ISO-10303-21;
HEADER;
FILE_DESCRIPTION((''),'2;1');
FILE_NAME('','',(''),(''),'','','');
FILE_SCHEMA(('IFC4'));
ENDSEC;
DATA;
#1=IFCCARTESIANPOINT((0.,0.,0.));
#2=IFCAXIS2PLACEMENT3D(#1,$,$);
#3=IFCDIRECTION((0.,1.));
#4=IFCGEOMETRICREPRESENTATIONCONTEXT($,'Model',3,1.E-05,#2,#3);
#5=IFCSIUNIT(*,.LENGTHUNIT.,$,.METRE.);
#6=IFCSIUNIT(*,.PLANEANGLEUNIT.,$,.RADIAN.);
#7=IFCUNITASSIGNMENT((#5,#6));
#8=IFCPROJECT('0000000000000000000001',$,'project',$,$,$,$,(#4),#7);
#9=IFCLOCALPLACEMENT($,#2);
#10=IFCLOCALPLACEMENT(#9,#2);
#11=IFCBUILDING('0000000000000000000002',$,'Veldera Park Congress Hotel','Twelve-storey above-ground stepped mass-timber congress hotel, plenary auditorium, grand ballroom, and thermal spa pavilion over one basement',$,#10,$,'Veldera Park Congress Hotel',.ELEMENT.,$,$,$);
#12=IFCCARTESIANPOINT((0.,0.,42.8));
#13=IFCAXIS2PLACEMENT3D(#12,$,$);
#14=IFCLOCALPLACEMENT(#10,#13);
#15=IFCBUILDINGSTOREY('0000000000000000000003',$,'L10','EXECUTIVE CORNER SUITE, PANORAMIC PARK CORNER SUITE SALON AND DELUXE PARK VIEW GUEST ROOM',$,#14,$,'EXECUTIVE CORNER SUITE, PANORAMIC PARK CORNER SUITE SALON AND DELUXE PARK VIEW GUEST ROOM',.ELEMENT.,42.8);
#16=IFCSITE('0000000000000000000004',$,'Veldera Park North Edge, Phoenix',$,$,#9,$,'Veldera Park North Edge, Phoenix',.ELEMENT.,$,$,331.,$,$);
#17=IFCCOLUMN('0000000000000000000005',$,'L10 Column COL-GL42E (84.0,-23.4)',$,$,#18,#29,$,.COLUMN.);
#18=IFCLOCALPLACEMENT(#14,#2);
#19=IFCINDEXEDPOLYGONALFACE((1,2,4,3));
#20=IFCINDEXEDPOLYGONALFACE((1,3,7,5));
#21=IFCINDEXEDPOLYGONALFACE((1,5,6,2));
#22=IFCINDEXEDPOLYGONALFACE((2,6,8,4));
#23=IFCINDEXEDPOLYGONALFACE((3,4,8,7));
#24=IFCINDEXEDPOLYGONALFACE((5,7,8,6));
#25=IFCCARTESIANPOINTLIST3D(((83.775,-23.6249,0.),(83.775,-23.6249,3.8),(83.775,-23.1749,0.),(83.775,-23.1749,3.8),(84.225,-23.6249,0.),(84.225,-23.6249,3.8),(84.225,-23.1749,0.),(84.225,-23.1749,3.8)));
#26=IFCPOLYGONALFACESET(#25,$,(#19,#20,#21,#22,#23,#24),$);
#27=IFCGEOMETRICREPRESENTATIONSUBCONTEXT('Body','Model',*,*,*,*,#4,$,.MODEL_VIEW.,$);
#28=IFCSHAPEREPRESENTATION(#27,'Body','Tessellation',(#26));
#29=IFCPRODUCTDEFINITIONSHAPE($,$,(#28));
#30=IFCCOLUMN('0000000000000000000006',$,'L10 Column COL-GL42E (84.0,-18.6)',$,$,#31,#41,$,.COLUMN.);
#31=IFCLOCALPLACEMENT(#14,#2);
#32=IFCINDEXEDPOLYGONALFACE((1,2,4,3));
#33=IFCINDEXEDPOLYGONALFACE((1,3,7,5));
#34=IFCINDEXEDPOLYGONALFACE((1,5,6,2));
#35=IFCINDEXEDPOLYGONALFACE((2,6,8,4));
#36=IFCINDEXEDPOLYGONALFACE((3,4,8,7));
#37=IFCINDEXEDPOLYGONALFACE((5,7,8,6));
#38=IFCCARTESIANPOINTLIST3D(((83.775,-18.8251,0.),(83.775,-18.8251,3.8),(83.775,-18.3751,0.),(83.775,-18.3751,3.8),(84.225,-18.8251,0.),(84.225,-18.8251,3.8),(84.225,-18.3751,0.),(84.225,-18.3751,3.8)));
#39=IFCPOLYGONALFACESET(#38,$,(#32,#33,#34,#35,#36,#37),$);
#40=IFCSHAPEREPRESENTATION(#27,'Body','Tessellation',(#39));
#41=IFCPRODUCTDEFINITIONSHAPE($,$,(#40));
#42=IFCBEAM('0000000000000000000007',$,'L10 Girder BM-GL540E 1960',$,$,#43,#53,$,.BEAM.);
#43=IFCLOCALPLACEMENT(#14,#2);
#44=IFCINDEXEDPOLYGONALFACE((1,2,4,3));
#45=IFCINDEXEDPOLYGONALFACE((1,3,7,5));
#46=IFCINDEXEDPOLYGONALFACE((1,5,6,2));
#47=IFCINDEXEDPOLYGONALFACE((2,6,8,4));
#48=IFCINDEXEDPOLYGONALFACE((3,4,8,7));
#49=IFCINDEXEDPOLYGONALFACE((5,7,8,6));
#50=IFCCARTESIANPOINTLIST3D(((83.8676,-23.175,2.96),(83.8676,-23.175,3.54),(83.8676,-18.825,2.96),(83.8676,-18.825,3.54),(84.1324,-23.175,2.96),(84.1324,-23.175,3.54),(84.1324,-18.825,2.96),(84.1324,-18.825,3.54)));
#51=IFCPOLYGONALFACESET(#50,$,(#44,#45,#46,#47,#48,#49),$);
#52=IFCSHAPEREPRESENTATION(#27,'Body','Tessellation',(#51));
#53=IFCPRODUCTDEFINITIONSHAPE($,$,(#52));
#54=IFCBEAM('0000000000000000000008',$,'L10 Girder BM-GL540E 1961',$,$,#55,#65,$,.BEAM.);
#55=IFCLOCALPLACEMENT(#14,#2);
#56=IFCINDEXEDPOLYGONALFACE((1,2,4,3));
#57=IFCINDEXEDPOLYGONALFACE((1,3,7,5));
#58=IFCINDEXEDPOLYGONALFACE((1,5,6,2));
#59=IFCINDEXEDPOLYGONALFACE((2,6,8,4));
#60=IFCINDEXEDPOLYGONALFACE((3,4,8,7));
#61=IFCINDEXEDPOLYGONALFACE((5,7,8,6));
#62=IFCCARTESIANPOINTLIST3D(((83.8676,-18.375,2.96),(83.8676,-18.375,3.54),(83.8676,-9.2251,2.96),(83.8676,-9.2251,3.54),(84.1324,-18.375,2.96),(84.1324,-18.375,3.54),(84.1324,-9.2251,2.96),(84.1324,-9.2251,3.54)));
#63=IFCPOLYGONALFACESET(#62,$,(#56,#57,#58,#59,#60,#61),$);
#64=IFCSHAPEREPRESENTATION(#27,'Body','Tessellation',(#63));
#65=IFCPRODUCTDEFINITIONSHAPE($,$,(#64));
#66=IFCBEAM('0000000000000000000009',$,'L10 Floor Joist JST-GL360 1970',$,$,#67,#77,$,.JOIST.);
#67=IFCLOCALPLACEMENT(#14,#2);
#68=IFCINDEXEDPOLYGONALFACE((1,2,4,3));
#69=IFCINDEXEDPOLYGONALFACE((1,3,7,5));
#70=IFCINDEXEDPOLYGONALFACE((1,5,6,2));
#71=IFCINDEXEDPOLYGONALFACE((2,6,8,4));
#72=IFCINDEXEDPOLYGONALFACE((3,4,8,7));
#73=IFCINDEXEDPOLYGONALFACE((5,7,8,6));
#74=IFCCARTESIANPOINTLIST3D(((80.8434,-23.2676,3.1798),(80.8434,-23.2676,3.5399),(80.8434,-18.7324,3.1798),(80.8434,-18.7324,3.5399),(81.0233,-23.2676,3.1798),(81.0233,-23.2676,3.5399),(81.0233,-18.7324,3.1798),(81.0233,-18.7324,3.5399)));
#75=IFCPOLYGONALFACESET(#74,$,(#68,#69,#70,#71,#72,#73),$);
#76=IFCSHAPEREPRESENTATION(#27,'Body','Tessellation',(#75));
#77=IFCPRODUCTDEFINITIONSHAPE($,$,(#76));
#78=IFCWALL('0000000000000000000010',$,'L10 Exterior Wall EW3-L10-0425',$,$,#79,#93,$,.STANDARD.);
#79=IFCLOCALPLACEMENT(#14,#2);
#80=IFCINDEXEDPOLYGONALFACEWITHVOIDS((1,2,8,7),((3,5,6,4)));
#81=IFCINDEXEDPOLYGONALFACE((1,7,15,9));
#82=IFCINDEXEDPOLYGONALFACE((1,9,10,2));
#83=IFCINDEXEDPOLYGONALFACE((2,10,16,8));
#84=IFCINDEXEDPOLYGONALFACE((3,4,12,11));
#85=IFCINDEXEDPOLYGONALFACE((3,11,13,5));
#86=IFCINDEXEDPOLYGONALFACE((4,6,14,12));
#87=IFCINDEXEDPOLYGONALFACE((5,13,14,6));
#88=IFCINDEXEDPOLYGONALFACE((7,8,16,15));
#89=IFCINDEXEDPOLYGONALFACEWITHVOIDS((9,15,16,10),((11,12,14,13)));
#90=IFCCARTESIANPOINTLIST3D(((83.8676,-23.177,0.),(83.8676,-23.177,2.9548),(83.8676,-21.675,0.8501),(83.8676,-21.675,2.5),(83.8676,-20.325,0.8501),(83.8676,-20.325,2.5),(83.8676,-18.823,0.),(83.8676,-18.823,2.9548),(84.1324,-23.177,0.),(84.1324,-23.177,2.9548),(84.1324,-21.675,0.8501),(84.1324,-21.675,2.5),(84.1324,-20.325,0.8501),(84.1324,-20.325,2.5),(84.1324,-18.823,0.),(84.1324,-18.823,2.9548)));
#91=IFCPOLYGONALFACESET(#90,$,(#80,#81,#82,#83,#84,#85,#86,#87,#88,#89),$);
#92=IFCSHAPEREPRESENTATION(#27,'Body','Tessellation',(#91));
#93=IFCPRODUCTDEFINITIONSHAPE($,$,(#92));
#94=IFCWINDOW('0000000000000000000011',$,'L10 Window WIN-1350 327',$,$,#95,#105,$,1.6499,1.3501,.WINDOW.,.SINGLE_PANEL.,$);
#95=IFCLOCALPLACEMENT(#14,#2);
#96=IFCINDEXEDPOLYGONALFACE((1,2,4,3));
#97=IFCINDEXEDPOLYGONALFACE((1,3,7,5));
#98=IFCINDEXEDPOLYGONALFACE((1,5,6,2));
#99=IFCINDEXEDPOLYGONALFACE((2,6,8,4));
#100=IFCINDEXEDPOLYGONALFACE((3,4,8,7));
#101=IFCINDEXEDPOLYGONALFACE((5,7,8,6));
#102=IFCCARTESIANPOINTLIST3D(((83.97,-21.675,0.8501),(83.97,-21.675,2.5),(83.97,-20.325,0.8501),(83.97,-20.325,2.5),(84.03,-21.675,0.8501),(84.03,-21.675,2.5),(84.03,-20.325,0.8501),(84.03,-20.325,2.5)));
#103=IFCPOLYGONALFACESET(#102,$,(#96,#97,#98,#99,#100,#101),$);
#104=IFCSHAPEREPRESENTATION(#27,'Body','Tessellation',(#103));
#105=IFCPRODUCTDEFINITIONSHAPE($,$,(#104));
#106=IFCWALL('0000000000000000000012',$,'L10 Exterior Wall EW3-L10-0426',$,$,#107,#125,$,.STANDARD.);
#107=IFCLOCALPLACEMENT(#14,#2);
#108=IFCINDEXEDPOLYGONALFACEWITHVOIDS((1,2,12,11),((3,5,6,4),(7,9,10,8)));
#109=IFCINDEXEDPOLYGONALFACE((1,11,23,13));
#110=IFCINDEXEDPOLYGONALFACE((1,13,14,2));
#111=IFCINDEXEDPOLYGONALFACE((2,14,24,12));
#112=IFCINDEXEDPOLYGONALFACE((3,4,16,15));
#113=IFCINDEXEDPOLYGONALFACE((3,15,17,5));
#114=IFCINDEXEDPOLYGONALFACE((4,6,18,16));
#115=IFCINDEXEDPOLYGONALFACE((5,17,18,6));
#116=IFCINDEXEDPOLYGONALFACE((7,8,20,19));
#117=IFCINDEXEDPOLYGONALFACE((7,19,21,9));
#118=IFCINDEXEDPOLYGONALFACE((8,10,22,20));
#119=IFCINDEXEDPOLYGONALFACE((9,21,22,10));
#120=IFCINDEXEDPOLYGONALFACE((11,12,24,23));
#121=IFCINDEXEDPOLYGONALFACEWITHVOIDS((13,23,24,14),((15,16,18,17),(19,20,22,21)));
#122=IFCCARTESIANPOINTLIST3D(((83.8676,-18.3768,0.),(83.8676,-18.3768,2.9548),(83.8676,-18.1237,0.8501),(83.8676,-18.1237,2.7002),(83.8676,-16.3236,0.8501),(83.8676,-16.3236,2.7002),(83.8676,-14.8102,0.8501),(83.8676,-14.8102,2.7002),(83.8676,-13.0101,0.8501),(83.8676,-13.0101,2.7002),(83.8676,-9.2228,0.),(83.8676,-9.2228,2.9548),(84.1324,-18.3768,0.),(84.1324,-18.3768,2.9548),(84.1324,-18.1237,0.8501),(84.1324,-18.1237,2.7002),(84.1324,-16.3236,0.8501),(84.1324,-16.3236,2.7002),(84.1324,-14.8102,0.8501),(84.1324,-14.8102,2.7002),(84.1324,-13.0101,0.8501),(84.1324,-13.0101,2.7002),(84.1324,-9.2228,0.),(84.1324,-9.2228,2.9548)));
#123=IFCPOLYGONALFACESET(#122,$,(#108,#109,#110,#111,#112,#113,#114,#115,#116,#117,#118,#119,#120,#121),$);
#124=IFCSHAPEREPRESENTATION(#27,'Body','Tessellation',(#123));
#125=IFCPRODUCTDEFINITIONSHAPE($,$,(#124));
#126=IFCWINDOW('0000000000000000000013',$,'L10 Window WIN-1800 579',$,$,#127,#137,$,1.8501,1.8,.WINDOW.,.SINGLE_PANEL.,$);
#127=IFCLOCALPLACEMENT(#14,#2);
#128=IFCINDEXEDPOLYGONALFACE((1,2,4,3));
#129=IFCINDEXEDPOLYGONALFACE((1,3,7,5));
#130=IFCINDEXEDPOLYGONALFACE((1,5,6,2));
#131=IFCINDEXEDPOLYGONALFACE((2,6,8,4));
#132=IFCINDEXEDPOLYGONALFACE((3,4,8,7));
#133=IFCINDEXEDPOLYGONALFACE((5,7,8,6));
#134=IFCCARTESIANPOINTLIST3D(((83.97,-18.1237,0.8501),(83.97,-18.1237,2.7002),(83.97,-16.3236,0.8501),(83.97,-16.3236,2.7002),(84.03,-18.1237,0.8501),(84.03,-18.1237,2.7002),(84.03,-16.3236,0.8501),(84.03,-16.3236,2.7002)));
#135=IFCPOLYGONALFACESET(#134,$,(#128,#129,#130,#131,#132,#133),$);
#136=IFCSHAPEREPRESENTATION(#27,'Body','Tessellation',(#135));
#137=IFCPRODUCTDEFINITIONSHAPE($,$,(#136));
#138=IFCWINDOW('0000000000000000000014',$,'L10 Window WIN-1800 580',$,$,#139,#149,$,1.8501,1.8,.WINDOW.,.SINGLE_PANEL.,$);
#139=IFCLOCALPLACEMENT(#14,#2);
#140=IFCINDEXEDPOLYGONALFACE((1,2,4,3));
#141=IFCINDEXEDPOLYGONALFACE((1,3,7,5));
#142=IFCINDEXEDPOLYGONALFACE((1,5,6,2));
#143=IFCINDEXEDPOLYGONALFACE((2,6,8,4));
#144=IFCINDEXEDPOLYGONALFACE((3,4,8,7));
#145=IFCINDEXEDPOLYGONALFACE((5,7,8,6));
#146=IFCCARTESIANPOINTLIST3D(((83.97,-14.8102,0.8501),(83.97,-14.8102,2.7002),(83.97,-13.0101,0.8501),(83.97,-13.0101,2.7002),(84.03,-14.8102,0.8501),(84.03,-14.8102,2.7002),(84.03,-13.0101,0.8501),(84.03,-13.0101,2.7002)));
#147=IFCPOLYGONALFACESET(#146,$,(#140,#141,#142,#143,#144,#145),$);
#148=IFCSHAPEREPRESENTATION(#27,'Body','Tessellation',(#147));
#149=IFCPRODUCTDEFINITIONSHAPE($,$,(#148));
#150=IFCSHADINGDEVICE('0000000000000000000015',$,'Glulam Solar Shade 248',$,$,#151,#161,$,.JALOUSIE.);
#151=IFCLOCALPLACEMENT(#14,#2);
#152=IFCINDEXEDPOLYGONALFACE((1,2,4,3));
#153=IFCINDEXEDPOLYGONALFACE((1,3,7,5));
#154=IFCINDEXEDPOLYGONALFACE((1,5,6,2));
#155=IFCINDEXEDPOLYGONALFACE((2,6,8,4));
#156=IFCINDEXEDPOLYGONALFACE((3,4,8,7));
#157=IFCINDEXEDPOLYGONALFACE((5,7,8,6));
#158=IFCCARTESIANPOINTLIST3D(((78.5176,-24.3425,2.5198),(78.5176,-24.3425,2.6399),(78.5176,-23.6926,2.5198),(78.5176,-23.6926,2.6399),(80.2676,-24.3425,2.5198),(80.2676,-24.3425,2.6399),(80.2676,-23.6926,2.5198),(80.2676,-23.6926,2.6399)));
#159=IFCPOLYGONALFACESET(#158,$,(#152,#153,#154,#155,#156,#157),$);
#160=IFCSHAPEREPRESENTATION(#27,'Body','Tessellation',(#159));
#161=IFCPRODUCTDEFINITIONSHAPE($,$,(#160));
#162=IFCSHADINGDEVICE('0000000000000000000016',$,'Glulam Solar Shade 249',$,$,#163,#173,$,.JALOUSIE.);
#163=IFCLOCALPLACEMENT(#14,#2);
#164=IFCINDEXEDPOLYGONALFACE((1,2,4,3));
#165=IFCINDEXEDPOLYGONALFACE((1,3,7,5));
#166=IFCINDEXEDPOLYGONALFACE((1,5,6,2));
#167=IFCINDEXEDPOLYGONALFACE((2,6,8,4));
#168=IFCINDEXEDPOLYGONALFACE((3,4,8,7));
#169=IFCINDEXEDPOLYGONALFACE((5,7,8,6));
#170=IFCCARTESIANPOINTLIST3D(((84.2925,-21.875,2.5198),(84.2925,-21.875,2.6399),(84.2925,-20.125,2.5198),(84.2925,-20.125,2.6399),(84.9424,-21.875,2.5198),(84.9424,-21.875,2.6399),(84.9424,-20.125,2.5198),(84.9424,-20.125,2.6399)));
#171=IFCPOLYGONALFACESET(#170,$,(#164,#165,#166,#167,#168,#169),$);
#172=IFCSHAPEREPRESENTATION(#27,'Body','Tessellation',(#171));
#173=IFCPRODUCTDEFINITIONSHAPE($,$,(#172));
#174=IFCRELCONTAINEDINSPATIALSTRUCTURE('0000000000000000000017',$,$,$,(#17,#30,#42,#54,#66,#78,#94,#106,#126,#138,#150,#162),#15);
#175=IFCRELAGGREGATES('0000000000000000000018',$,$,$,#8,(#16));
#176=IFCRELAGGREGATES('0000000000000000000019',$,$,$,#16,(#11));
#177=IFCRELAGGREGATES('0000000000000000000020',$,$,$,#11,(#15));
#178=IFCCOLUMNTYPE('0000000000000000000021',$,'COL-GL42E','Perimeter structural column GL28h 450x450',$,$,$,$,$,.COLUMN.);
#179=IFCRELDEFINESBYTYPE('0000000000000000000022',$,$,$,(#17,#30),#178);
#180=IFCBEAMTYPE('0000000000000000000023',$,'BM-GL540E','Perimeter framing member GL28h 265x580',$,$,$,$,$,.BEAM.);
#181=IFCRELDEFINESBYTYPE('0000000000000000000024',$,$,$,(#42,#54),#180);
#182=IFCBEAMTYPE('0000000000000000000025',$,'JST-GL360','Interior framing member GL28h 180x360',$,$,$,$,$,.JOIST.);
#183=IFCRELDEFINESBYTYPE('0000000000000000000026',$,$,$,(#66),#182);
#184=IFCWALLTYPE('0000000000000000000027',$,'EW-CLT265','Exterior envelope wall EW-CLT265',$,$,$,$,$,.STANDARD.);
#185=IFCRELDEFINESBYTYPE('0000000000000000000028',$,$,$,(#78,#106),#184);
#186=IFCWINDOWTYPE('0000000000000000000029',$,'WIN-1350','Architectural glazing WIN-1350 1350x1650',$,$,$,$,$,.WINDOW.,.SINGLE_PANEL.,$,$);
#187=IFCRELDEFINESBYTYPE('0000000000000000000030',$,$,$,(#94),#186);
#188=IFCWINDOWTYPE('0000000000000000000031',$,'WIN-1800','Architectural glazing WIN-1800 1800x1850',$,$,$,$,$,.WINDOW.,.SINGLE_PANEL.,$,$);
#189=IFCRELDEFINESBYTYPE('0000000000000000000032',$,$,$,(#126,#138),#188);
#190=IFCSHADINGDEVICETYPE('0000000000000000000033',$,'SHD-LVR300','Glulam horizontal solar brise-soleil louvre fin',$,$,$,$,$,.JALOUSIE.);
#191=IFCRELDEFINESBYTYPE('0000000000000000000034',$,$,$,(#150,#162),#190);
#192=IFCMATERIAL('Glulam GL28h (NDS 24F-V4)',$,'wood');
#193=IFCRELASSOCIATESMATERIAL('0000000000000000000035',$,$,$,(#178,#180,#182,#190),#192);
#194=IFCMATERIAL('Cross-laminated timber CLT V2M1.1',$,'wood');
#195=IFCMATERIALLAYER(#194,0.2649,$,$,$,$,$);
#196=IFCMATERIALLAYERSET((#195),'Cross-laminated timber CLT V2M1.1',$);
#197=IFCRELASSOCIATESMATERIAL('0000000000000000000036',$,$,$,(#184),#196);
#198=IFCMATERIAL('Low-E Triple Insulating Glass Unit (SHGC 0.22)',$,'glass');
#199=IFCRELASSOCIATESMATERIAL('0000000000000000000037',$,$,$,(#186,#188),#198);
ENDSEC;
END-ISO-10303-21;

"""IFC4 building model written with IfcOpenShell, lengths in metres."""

from ifc_helpers import new_model, si_unit, direction, frame, frame_2d, origin, origin_2d, place, context, subcontext, project, spatial, rectangle, extrude, material, layer, layer_set, material_profile, profile_set, type_object, element, fill, save


model = new_model("IFC4")

# Units and contexts
model_context = context("Model", 3, precision=1e-05, world=origin(), true_north=direction((0.0, 1.0)))
body_context = subcontext(model_context, "Body", "Model", "MODEL_VIEW")
ifc_project = project(units=[si_unit("LENGTHUNIT", "METRE"), si_unit("PLANEANGLEUNIT", "RADIAN")], contexts=[model_context])

# Site, building, storey
site_placement = place(None, origin())
site = spatial("IfcSite", under=ifc_project, at=site_placement, Name="Veldera Park North Edge, Phoenix", LongName="Veldera Park North Edge, Phoenix", CompositionType="ELEMENT", RefElevation=331.0)
building_placement = place(site_placement, origin())
building = spatial("IfcBuilding", under=site, at=building_placement, Name="Veldera Park Congress Hotel", Description="Twelve-storey above-ground stepped mass-timber congress hotel, plenary auditorium, grand ballroom, and thermal spa pavilion over one basement", LongName="Veldera Park Congress Hotel", CompositionType="ELEMENT")
storey_placement = place(building_placement, frame((0.0, 0.0, 42.8)))
storey = spatial("IfcBuildingStorey", under=building, at=storey_placement, Name="L10", Description="EXECUTIVE CORNER SUITE, PANORAMIC PARK CORNER SUITE SALON AND DELUXE PARK VIEW GUEST ROOM", LongName="EXECUTIVE CORNER SUITE, PANORAMIC PARK CORNER SUITE SALON AND DELUXE PARK VIEW GUEST ROOM", CompositionType="ELEMENT", Elevation=42.8)

# Columns
ifc_material_1 = material(Name="Glulam GL28h (NDS 24F-V4)", Category="wood")
ifc_material_profile_1 = material_profile(ifc_material_1, rectangle(XDim=0.45, YDim=0.45, at=origin_2d()), Name="GL28h 450x450")
ifc_profile_set_1 = profile_set([ifc_material_profile_1], Name="Glulam GL28h (NDS 24F-V4)")
column_type = type_object("IfcColumnType", Name="COL-GL42E", Description="Perimeter structural column GL28h 450x450", PredefinedType="COLUMN", material=ifc_profile_set_1)
for number, where, z_axis, x_axis, name in (
    (1, (84.0, -23.3999, 0.0), (0.0, 0.0, 1.0), (1.0, 0.0, 0.0), "L10 Column COL-GL42E (84.0,-23.4)"),
    (2, (84.0, -18.6001, 0.0), (0.0, 0.0, 1.0), (1.0, 0.0, 0.0), "L10 Column COL-GL42E (84.0,-18.6)"),
):
    element("IfcColumn", number, at=place(storey_placement, frame(where, z_axis=z_axis, x_axis=x_axis)), inside=storey, type_object=column_type, Name=name, PredefinedType="COLUMN", context=body_context, shape_type="SweptSolid", body=[
        extrude(rectangle(XDim=0.45, YDim=0.45, at=origin_2d()), origin(), (0.0, 0.0, 1.0), 3.8),
    ])

# Beams
ifc_material_profile_2 = material_profile(ifc_material_1, rectangle(XDim=0.2649, YDim=0.5801, at=origin_2d()), Name="GL28h 265x580")
ifc_profile_set_2 = profile_set([ifc_material_profile_2], Name="Glulam GL28h (NDS 24F-V4)")
beam_type_1 = type_object("IfcBeamType", Name="BM-GL540E", Description="Perimeter framing member GL28h 265x580", PredefinedType="BEAM", material=ifc_profile_set_2)
beam_1_placement = place(storey_placement, frame((84.0, -23.175, 3.25), z_axis=(0.0, 1.0, 0.0), x_axis=(-1.0, 0.0, 0.0)))
element("IfcBeam", 3, at=beam_1_placement, inside=storey, type_object=beam_type_1, Name="L10 Girder BM-GL540E 1960", PredefinedType="BEAM", context=body_context, shape_type="SweptSolid", body=[
    extrude(rectangle(XDim=0.2649, YDim=0.5801, at=origin_2d()), origin(), (0.0, 0.0, 1.0), 4.3501),
])
beam_2_placement = place(storey_placement, frame((84.0, -18.375, 3.25), z_axis=(0.0, 1.0, 0.0), x_axis=(-1.0, 0.0, 0.0)))
element("IfcBeam", 4, at=beam_2_placement, inside=storey, type_object=beam_type_1, Name="L10 Girder BM-GL540E 1961", PredefinedType="BEAM", context=body_context, shape_type="SweptSolid", body=[
    extrude(rectangle(XDim=0.2649, YDim=0.5801, at=origin_2d()), origin(), (0.0, 0.0, 1.0), 9.1499),
])
ifc_material_profile_3 = material_profile(ifc_material_1, rectangle(XDim=0.1799, YDim=0.3601, at=origin_2d()), Name="GL28h 180x360")
ifc_profile_set_3 = profile_set([ifc_material_profile_3], Name="Glulam GL28h (NDS 24F-V4)")
beam_type_2 = type_object("IfcBeamType", Name="JST-GL360", Description="Interior framing member GL28h 180x360", PredefinedType="JOIST", material=ifc_profile_set_3)
beam_3_placement = place(storey_placement, frame((80.9333, -23.2676, 3.3599), z_axis=(0.0, 1.0, 0.0), x_axis=(-1.0, 0.0, 0.0)))
element("IfcBeam", 5, at=beam_3_placement, inside=storey, type_object=beam_type_2, Name="L10 Floor Joist JST-GL360 1970", PredefinedType="JOIST", context=body_context, shape_type="SweptSolid", body=[
    extrude(rectangle(XDim=0.1799, YDim=0.3601, at=origin_2d()), origin(), (0.0, 0.0, 1.0), 4.5352),
])

# Wall, opening, window
ifc_material_2 = material(Name="Cross-laminated timber CLT V2M1.1", Category="wood")
ifc_layer = layer(ifc_material_2, 0.2649)
ifc_layer_set = layer_set([ifc_layer], Name="Cross-laminated timber CLT V2M1.1")
wall_type = type_object("IfcWallType", Name="EW-CLT265", Description="Exterior envelope wall EW-CLT265", PredefinedType="STANDARD", material=ifc_layer_set)
wall_1_placement = place(storey_placement, frame((84.0, -23.177, 0.0), z_axis=(0.0, 0.0, 1.0), x_axis=(0.0, 1.0, 0.0)))
wall_1 = element("IfcWall", 6, at=wall_1_placement, inside=storey, type_object=wall_type, Name="L10 Exterior Wall EW3-L10-0425", PredefinedType="STANDARD", context=body_context, shape_type="SweptSolid", body=[
    extrude(rectangle(XDim=4.354, YDim=0.2649, at=frame_2d((2.177, 0.0))), origin(), (0.0, 0.0, 1.0), 2.9548),
])
opening_1_placement = place(wall_1_placement, frame((1.502, 0.0, 0.8501)))
opening_1 = element("IfcOpeningElement", 7, at=opening_1_placement, cuts=wall_1, PredefinedType="OPENING", context=body_context, shape_type="SweptSolid", body=[
    extrude(rectangle(XDim=1.3501, YDim=1.6499, at=frame_2d((0.675, 0.825))), frame((0.0, 0.1445, 0.0), z_axis=(0.0, -1.0, 0.0), x_axis=(1.0, 0.0, 0.0)), (0.0, 0.0, 1.0), 0.2888),
])
ifc_material_3 = material(Name="Low-E Triple Insulating Glass Unit (SHGC 0.22)", Category="glass")
window_type_1 = type_object("IfcWindowType", Name="WIN-1350", Description="Architectural glazing WIN-1350 1350x1650", PartitioningType="SINGLE_PANEL", PredefinedType="WINDOW", material=ifc_material_3)
window_1_placement = place(opening_1_placement, origin())
window_1 = element("IfcWindow", 8, at=window_1_placement, inside=storey, type_object=window_type_1, Name="L10 Window WIN-1350 327", OverallHeight=1.6499, OverallWidth=1.3501, PartitioningType="SINGLE_PANEL", PredefinedType="WINDOW", context=body_context, shape_type="SweptSolid", body=[
    extrude(rectangle(XDim=1.3501, YDim=1.6499, at=frame_2d((0.675, 0.825))), frame((0.0, 0.03, 0.0), z_axis=(0.0, -1.0, 0.0), x_axis=(1.0, 0.0, 0.0)), (0.0, 0.0, 1.0), 0.0601),
])
fill(opening_1, window_1)

# Wall, openings, windows
wall_2_placement = place(storey_placement, frame((84.0, -18.377, 0.0), z_axis=(0.0, 0.0, 1.0), x_axis=(0.0, 1.0, 0.0)))
wall_2 = element("IfcWall", 9, at=wall_2_placement, inside=storey, type_object=wall_type, Name="L10 Exterior Wall EW3-L10-0426", PredefinedType="STANDARD", context=body_context, shape_type="SweptSolid", body=[
    extrude(rectangle(XDim=9.1541, YDim=0.2649, at=frame_2d((4.5771, 0.0))), origin(), (0.0, 0.0, 1.0), 2.9548),
])
opening_2_placement = place(wall_2_placement, frame((0.2534, 0.0, 0.8501)))
opening_2 = element("IfcOpeningElement", 10, at=opening_2_placement, cuts=wall_2, PredefinedType="OPENING", context=body_context, shape_type="SweptSolid", body=[
    extrude(rectangle(XDim=1.8, YDim=1.8501, at=frame_2d((0.8999, 0.925))), frame((0.0, 0.1445, 0.0), z_axis=(0.0, -1.0, 0.0), x_axis=(1.0, 0.0, 0.0)), (0.0, 0.0, 1.0), 0.2888),
])
opening_3_placement = place(wall_2_placement, frame((3.5669, 0.0, 0.8501)))
opening_3 = element("IfcOpeningElement", 11, at=opening_3_placement, cuts=wall_2, PredefinedType="OPENING", context=body_context, shape_type="SweptSolid", body=[
    extrude(rectangle(XDim=1.8, YDim=1.8501, at=frame_2d((0.8999, 0.925))), frame((0.0, 0.1445, 0.0), z_axis=(0.0, -1.0, 0.0), x_axis=(1.0, 0.0, 0.0)), (0.0, 0.0, 1.0), 0.2888),
])
window_type_2 = type_object("IfcWindowType", Name="WIN-1800", Description="Architectural glazing WIN-1800 1800x1850", PartitioningType="SINGLE_PANEL", PredefinedType="WINDOW", material=ifc_material_3)
window_2_placement = place(opening_2_placement, origin())
window_2 = element("IfcWindow", 12, at=window_2_placement, inside=storey, type_object=window_type_2, Name="L10 Window WIN-1800 579", OverallHeight=1.8501, OverallWidth=1.8, PartitioningType="SINGLE_PANEL", PredefinedType="WINDOW", context=body_context, shape_type="SweptSolid", body=[
    extrude(rectangle(XDim=1.8, YDim=1.8501, at=frame_2d((0.8999, 0.925))), frame((0.0, 0.03, 0.0), z_axis=(0.0, -1.0, 0.0), x_axis=(1.0, 0.0, 0.0)), (0.0, 0.0, 1.0), 0.0601),
])
fill(opening_2, window_2)
window_3_placement = place(opening_3_placement, origin())
window_3 = element("IfcWindow", 13, at=window_3_placement, inside=storey, type_object=window_type_2, Name="L10 Window WIN-1800 580", OverallHeight=1.8501, OverallWidth=1.8, PartitioningType="SINGLE_PANEL", PredefinedType="WINDOW", context=body_context, shape_type="SweptSolid", body=[
    extrude(rectangle(XDim=1.8, YDim=1.8501, at=frame_2d((0.8999, 0.925))), frame((0.0, 0.03, 0.0), z_axis=(0.0, -1.0, 0.0), x_axis=(1.0, 0.0, 0.0)), (0.0, 0.0, 1.0), 0.0601),
])
fill(opening_3, window_3)

# Shading devices
shading_device_type = type_object("IfcShadingDeviceType", Name="SHD-LVR300", Description="Glulam horizontal solar brise-soleil louvre fin", PredefinedType="JALOUSIE", material=ifc_material_1)
for number, where, z_axis, x_axis, name in (
    (14, (79.3926, -24.0176, 2.5198), (0.0, 0.0, 1.0), (1.0, 0.0, 0.0), "Glulam Solar Shade 248"),
    (15, (84.6174, -21.0, 2.5198), (0.0, 0.0, 1.0), (0.0, 1.0, 0.0), "Glulam Solar Shade 249"),
):
    element("IfcShadingDevice", number, at=place(storey_placement, frame(where, z_axis=z_axis, x_axis=x_axis)), inside=storey, type_object=shading_device_type, Name=name, PredefinedType="JALOUSIE", context=body_context, shape_type="SweptSolid", body=[
        extrude(rectangle(XDim=1.75, YDim=0.6499, at=origin_2d()), origin(), (0.0, 0.0, 1.0), 0.1201),
    ])

save(model, "model.ifc")
